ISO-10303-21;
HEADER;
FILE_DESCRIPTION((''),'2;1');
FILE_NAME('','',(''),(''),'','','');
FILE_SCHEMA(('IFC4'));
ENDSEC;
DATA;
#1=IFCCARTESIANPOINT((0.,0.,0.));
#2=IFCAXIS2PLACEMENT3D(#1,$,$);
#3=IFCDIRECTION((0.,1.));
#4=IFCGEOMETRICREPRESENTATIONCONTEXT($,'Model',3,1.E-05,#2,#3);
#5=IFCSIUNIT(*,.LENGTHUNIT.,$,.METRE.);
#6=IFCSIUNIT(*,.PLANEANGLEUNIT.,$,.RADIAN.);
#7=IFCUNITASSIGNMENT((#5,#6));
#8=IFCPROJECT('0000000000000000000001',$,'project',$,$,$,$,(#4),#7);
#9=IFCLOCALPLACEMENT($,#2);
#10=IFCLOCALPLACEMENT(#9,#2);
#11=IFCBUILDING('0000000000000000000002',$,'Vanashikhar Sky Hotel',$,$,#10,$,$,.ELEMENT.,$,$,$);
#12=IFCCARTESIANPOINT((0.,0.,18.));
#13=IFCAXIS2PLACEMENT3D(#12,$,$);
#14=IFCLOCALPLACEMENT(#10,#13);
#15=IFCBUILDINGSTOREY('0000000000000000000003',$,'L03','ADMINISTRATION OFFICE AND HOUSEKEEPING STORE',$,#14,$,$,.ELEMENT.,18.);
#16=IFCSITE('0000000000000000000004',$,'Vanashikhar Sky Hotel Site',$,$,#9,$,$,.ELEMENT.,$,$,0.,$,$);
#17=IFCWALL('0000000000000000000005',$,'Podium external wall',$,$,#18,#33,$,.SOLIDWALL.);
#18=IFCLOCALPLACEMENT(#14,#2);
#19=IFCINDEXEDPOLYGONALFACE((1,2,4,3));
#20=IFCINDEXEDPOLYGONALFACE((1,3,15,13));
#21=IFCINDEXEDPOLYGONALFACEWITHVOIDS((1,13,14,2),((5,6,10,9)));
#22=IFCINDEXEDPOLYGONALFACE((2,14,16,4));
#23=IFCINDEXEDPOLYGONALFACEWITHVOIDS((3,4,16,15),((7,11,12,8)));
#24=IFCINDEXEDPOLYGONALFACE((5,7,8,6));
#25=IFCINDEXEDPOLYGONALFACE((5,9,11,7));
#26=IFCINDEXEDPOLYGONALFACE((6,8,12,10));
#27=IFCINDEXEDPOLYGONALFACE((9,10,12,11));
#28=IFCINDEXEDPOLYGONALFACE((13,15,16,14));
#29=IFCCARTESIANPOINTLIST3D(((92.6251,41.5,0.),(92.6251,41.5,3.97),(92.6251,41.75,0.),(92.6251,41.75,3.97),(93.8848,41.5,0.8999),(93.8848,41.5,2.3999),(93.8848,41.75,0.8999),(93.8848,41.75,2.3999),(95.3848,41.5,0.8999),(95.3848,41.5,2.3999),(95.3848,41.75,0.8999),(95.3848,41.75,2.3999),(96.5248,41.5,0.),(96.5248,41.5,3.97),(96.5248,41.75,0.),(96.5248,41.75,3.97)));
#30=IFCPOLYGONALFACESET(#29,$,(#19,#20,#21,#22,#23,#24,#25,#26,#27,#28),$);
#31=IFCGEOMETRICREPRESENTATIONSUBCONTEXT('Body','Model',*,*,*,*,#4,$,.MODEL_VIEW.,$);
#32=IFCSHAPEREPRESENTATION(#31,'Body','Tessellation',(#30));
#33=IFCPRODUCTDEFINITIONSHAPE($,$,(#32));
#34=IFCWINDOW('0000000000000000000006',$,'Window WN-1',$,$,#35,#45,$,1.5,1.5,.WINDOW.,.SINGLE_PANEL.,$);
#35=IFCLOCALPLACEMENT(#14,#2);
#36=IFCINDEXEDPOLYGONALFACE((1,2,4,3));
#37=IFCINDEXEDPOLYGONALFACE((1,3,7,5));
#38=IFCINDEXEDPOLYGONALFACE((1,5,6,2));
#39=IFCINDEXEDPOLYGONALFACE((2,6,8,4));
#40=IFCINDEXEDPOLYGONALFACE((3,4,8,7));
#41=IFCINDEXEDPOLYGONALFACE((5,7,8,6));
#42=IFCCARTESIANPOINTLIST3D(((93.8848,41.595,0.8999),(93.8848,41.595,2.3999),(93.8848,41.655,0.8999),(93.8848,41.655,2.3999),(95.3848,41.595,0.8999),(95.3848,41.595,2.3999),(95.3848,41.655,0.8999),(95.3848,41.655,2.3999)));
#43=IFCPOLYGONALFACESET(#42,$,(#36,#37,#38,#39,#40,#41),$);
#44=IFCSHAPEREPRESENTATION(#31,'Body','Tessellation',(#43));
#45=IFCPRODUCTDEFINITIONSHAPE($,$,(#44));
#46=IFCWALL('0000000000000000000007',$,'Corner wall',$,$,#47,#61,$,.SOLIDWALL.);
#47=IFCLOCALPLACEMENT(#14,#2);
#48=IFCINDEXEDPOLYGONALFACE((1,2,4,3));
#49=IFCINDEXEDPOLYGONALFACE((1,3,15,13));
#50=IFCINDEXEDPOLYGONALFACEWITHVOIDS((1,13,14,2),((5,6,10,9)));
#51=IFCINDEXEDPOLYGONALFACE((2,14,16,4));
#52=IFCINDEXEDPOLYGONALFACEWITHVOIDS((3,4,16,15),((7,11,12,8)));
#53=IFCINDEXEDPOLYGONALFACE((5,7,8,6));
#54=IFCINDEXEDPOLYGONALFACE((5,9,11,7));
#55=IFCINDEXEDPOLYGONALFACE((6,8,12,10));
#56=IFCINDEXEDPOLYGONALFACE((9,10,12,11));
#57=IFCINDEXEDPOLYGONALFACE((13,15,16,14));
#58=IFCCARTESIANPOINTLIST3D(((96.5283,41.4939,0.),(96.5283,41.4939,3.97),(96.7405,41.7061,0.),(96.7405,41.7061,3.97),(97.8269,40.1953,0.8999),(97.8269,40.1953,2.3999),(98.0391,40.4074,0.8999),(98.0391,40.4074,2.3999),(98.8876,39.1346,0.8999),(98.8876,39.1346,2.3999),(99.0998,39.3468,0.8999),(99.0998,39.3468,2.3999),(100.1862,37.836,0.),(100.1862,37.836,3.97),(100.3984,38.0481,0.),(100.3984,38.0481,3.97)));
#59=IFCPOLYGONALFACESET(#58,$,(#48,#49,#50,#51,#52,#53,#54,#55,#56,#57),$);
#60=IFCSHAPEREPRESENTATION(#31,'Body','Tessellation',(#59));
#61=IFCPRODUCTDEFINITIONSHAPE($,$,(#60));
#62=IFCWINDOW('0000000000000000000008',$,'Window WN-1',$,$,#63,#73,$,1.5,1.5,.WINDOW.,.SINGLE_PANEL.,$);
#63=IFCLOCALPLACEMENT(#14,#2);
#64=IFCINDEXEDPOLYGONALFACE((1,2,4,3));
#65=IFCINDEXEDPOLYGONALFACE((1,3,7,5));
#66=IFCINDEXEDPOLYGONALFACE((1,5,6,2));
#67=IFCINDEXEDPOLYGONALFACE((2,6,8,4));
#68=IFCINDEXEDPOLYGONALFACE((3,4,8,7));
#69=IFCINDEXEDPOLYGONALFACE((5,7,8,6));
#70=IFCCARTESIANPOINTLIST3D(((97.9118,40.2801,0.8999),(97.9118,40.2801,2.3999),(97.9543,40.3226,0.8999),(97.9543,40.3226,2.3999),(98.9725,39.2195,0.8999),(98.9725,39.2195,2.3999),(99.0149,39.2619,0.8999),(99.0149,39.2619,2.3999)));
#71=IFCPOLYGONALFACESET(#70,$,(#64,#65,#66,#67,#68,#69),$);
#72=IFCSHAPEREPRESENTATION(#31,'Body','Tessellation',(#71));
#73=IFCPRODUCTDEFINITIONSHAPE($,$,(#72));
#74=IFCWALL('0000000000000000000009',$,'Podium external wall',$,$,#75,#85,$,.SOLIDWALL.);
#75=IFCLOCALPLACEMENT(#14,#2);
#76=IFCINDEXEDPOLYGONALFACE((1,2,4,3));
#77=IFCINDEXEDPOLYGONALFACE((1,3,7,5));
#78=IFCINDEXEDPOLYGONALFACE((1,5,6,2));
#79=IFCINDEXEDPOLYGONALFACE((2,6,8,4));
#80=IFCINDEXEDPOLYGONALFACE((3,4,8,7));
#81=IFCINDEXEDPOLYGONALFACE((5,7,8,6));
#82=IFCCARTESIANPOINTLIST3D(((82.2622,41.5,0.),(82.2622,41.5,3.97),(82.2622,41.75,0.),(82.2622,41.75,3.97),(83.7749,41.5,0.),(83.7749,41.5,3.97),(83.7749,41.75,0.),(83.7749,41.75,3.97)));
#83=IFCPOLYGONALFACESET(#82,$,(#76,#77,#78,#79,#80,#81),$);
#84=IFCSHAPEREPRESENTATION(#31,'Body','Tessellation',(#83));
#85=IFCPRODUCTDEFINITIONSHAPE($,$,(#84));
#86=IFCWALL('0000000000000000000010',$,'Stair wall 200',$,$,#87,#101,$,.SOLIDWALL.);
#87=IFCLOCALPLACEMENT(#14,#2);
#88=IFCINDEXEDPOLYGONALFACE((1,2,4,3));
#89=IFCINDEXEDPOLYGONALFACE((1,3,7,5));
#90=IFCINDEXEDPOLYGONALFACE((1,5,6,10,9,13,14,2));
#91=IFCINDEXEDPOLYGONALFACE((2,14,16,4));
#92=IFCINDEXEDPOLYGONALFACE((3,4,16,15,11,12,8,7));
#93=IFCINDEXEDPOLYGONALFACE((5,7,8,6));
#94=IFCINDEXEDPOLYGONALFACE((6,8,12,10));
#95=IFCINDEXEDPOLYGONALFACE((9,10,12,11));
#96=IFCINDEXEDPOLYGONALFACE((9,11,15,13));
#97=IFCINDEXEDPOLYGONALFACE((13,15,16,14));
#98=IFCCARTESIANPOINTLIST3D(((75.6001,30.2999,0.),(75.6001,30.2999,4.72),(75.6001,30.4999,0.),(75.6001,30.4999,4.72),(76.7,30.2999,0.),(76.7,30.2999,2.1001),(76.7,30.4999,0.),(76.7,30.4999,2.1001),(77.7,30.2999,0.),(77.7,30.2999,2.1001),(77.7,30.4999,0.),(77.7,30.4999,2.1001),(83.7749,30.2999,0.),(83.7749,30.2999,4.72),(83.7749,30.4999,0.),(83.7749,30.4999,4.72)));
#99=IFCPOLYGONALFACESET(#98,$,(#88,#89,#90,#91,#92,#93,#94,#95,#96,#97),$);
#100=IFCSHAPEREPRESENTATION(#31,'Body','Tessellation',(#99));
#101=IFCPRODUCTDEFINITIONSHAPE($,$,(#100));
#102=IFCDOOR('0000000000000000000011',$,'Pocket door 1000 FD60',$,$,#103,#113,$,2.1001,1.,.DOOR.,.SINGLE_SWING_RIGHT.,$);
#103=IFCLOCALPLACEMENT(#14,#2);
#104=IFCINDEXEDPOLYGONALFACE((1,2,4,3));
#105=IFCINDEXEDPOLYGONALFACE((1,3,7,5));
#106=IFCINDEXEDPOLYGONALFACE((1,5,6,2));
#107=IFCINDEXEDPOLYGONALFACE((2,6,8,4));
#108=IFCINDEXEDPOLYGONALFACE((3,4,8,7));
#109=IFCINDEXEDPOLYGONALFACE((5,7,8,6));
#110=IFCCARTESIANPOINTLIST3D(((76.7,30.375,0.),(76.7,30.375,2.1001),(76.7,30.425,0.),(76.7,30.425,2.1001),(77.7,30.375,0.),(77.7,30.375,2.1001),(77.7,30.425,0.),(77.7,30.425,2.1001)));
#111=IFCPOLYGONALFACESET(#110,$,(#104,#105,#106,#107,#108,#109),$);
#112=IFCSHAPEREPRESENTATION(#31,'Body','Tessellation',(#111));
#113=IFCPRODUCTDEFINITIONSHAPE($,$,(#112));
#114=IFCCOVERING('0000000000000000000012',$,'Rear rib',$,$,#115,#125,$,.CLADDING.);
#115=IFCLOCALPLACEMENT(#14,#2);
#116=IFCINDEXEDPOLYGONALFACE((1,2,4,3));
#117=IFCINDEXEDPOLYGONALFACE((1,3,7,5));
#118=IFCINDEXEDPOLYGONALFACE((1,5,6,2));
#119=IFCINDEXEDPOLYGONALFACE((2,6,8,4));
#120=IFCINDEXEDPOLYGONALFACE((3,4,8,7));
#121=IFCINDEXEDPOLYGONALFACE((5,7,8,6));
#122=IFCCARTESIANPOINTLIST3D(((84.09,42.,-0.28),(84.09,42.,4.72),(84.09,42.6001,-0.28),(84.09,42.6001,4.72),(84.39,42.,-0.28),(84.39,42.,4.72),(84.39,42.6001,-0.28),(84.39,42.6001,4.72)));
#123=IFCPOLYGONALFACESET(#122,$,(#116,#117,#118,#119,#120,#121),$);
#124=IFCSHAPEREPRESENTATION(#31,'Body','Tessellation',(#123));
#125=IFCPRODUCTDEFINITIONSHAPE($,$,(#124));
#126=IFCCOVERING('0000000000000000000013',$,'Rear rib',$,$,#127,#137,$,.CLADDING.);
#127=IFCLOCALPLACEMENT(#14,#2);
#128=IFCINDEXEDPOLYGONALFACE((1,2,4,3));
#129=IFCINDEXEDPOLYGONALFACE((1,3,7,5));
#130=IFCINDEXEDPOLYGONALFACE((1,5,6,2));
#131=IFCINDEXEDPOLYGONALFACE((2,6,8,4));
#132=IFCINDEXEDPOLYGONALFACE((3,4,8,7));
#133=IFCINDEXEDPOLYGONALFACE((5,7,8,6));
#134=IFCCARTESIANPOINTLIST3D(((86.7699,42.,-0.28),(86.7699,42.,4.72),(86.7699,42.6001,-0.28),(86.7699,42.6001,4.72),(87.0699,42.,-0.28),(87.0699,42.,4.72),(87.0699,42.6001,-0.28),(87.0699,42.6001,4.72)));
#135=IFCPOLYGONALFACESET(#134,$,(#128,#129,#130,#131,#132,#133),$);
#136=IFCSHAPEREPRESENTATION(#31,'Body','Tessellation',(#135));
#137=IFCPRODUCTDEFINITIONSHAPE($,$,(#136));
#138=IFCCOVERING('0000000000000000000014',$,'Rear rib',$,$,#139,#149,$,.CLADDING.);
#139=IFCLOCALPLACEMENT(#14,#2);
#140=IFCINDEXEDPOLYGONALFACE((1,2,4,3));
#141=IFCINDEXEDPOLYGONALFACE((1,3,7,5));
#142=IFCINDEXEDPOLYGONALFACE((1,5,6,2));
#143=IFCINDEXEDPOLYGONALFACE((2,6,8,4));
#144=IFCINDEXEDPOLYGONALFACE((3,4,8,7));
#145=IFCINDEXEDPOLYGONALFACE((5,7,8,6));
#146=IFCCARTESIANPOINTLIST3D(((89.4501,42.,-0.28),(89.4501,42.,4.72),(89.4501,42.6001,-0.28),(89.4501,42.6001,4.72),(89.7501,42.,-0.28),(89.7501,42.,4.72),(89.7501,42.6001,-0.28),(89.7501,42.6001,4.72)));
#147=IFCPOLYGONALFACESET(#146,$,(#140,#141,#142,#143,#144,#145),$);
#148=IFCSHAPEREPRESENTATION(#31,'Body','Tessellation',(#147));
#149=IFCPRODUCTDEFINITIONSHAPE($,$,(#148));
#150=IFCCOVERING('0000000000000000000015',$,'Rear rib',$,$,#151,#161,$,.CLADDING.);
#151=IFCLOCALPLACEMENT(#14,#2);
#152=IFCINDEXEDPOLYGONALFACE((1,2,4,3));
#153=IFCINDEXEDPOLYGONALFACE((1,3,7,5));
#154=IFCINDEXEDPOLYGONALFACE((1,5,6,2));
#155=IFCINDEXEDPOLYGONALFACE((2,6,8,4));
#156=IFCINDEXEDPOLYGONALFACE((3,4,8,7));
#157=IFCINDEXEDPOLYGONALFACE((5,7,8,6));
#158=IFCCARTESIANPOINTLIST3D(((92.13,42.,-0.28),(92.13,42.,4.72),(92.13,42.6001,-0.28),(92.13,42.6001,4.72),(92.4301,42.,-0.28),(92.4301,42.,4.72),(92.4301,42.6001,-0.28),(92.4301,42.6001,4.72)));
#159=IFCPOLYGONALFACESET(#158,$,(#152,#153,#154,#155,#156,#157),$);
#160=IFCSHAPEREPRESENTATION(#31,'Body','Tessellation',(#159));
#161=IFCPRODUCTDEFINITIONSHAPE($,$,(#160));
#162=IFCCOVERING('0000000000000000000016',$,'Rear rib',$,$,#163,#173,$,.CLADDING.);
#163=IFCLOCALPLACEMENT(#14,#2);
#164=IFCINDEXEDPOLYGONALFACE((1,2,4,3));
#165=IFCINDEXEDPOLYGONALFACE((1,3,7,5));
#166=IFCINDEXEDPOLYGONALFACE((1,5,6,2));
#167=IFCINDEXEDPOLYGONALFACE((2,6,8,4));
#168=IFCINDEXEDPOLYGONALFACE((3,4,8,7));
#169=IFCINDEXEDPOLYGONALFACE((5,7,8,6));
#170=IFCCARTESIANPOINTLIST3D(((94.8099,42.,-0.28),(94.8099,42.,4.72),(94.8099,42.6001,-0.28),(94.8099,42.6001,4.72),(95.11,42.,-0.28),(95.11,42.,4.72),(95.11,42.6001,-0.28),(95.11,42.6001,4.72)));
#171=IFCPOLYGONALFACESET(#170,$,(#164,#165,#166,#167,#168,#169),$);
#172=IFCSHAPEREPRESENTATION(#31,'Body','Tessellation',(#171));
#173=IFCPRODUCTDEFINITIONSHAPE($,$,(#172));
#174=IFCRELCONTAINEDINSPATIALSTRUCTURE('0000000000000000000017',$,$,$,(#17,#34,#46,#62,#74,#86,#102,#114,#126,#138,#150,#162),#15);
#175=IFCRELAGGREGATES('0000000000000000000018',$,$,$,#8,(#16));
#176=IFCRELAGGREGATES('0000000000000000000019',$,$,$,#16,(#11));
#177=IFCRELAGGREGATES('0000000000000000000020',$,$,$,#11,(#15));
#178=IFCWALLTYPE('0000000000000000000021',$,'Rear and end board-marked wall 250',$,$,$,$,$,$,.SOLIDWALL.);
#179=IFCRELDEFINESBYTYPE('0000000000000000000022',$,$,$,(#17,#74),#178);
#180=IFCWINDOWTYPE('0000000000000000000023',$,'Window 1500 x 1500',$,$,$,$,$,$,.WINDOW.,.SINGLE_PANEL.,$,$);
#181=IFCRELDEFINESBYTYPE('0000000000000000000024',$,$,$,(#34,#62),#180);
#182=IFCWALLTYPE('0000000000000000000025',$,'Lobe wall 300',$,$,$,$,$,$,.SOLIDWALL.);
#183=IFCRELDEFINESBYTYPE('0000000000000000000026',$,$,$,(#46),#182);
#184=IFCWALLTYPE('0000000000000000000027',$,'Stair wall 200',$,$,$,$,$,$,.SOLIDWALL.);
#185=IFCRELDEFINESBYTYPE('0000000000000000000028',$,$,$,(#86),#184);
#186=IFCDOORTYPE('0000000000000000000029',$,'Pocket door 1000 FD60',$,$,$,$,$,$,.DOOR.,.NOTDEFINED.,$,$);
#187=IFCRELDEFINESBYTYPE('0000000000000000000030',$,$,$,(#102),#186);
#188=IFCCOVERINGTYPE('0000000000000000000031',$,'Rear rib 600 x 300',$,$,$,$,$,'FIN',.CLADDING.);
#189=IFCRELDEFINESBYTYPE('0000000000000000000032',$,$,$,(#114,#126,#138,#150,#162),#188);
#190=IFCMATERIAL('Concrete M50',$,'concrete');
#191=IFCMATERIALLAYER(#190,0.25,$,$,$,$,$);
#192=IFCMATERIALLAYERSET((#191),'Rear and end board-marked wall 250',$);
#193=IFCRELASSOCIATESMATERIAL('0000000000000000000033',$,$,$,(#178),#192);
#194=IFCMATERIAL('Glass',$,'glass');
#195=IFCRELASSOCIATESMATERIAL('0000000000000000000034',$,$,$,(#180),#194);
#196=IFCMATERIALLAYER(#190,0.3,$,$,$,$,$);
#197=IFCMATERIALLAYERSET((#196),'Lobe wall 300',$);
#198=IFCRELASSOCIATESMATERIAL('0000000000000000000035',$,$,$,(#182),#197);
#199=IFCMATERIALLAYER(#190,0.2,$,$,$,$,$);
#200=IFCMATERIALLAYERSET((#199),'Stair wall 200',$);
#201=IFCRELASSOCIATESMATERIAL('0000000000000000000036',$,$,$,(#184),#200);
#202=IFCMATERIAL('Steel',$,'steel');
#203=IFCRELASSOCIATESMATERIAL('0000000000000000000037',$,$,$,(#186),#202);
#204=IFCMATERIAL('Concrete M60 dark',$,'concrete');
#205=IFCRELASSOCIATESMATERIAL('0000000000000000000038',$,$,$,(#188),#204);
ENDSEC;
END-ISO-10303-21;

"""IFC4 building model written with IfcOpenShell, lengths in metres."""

from ifc_helpers import new_model, si_unit, direction, frame, frame_2d, origin, origin_2d, place, context, subcontext, project, spatial, rectangle, extrude, source, transform, mapped, material, layer, layer_set, material_profile, profile_set, type_object, element, fill, save


model = new_model("IFC4")

# Units and contexts
model_context = context("Model", 3, precision=1e-05, world=origin(), true_north=direction((0.0, 1.0)))
body_context = subcontext(model_context, "Body", "Model", "MODEL_VIEW")
ifc_project = project(units=[si_unit("LENGTHUNIT", "METRE"), si_unit("PLANEANGLEUNIT", "RADIAN")], contexts=[model_context])

# Site, building, storey
site_placement = place(None, origin())
site = spatial("IfcSite", under=ifc_project, at=site_placement, Name="Vanashikhar Sky Hotel Site", CompositionType="ELEMENT", RefElevation=0.0)
building_placement = place(site_placement, origin())
building = spatial("IfcBuilding", under=site, at=building_placement, Name="Vanashikhar Sky Hotel", CompositionType="ELEMENT")
storey_placement = place(building_placement, frame((0.0, 0.0, 18.0)))
storey = spatial("IfcBuildingStorey", under=building, at=storey_placement, Name="L03", Description="ADMINISTRATION OFFICE AND HOUSEKEEPING STORE", CompositionType="ELEMENT", Elevation=18.0)

# Shared definitions
ifc_material_1 = material(Name="Concrete M50", Category="concrete")

# Walls, openings, windows
ifc_layer_1 = layer(ifc_material_1, 0.25)
ifc_layer_set_1 = layer_set([ifc_layer_1], Name="Rear and end board-marked wall 250")
wall_type_1 = type_object("IfcWallType", Name="Rear and end board-marked wall 250", PredefinedType="SOLIDWALL", material=ifc_layer_set_1)
shared_shape_1 = source(origin(), body_context, "Body", "SweptSolid", [
    extrude(rectangle(XDim=1.5, YDim=1.5, at=frame_2d((0.75, 0.75))), frame((0.0, 0.135, 0.0), z_axis=(0.0, -1.0, 0.0), x_axis=(1.0, 0.0, 0.0)), (0.0, 0.0, 1.0), 0.27),
])
ifc_material_2 = material(Name="Glass", Category="glass")
window_type = type_object("IfcWindowType", Name="Window 1500 x 1500", PartitioningType="SINGLE_PANEL", PredefinedType="WINDOW", material=ifc_material_2)
shared_shape_2 = source(origin(), body_context, "Body", "SweptSolid", [
    extrude(rectangle(XDim=1.5, YDim=1.5, at=frame_2d((0.75, 0.75))), frame((0.0, 0.03, 0.0), z_axis=(0.0, -1.0, 0.0), x_axis=(1.0, 0.0, 0.0)), (0.0, 0.0, 1.0), 0.0601),
])
shared_shape_3 = source(origin(), body_context, "Body", "SweptSolid", [
    extrude(rectangle(XDim=3.8997, YDim=0.25, at=frame_2d((1.9497, 0.0))), origin(), (0.0, 0.0, 1.0), 3.97),
])
wall_1_placement = place(storey_placement, frame((96.5247, 41.625, 0.0), z_axis=(0.0, 0.0, 1.0), x_axis=(-1.0, 0.0, 0.0)))
wall_1 = element("IfcWall", 1, at=wall_1_placement, inside=storey, type_object=wall_type_1, Name="Podium external wall", PredefinedType="SOLIDWALL", context=body_context, shape_type="MappedRepresentation", body=[
    mapped(shared_shape_3, transform((0.0, 0.0, 0.0), scale=1.0)),
])
opening_1_placement = place(wall_1_placement, frame((1.1399, 0.0, 0.8999)))
opening_1 = element("IfcOpeningElement", 2, at=opening_1_placement, cuts=wall_1, PredefinedType="OPENING", context=body_context, shape_type="MappedRepresentation", body=[
    mapped(shared_shape_1, transform((0.0, 0.0, 0.0), scale=1.0)),
])
window_1_placement = place(opening_1_placement, origin())
window_1 = element("IfcWindow", 3, at=window_1_placement, inside=storey, type_object=window_type, Name="Window WN-1", OverallHeight=1.5, OverallWidth=1.5, PartitioningType="SINGLE_PANEL", PredefinedType="WINDOW", context=body_context, shape_type="MappedRepresentation", body=[
    mapped(shared_shape_2, transform((0.0, 0.0, 0.0), scale=1.0)),
])
fill(opening_1, window_1)
ifc_layer_2 = layer(ifc_material_1, 0.3)
ifc_layer_set_2 = layer_set([ifc_layer_2], Name="Lobe wall 300")
wall_type_2 = type_object("IfcWallType", Name="Lobe wall 300", PredefinedType="SOLIDWALL", material=ifc_layer_set_2)
shared_shape_4 = source(origin(), body_context, "Body", "SweptSolid", [
    extrude(rectangle(XDim=5.1731, YDim=0.3, at=frame_2d((2.5864, 0.0))), origin(), (0.0, 0.0, 1.0), 3.97),
])
wall_2_placement = place(storey_placement, frame((100.2922, 37.9421, 0.0), z_axis=(0.0, 0.0, 1.0), x_axis=(-0.707107, 0.707107, 0.0)))
wall_2 = element("IfcWall", 4, at=wall_2_placement, inside=storey, type_object=wall_type_2, Name="Corner wall", PredefinedType="SOLIDWALL", context=body_context, shape_type="MappedRepresentation", body=[
    mapped(shared_shape_4, transform((0.0, 0.0, 0.0), scale=1.0)),
])
shared_shape_5 = source(origin(), body_context, "Body", "SweptSolid", [
    extrude(rectangle(XDim=1.5, YDim=1.5, at=frame_2d((0.75, 0.75))), frame((0.0, 0.1602, 0.0), z_axis=(0.0, -1.0, 0.0), x_axis=(1.0, 0.0, 0.0)), (0.0, 0.0, 1.0), 0.3201),
])
opening_2_placement = place(wall_2_placement, frame((1.8364, 0.0, 0.8999)))
opening_2 = element("IfcOpeningElement", 5, at=opening_2_placement, cuts=wall_2, PredefinedType="OPENING", context=body_context, shape_type="MappedRepresentation", body=[
    mapped(shared_shape_5, transform((0.0, 0.0, 0.0), scale=1.0)),
])
window_2_placement = place(opening_2_placement, origin())
window_2 = element("IfcWindow", 6, at=window_2_placement, inside=storey, type_object=window_type, Name="Window WN-1", OverallHeight=1.5, OverallWidth=1.5, PartitioningType="SINGLE_PANEL", PredefinedType="WINDOW", context=body_context, shape_type="MappedRepresentation", body=[
    mapped(shared_shape_2, transform((0.0, 0.0, 0.0), scale=1.0)),
])
fill(opening_2, window_2)

# Wall
shared_shape_6 = source(origin(), body_context, "Body", "SweptSolid", [
    extrude(rectangle(XDim=1.5127, YDim=0.25, at=frame_2d((0.7563, 0.0))), origin(), (0.0, 0.0, 1.0), 3.97),
])
wall_3_placement = place(storey_placement, frame((83.7749, 41.625, 0.0), z_axis=(0.0, 0.0, 1.0), x_axis=(-1.0, 0.0, 0.0)))
element("IfcWall", 7, at=wall_3_placement, inside=storey, type_object=wall_type_1, Name="Podium external wall", PredefinedType="SOLIDWALL", context=body_context, shape_type="MappedRepresentation", body=[
    mapped(shared_shape_6, transform((0.0, 0.0, 0.0), scale=1.0)),
])

# Wall, opening, door
ifc_layer_3 = layer(ifc_material_1, 0.2)
ifc_layer_set_3 = layer_set([ifc_layer_3], Name="Stair wall 200")
wall_type_3 = type_object("IfcWallType", Name="Stair wall 200", PredefinedType="SOLIDWALL", material=ifc_layer_set_3)
shared_shape_7 = source(origin(), body_context, "Body", "SweptSolid", [
    extrude(rectangle(XDim=8.1748, YDim=0.2, at=frame_2d((4.0874, 0.0))), origin(), (0.0, 0.0, 1.0), 4.72),
])
wall_4_placement = place(storey_placement, frame((83.7749, 30.3999, 0.0), z_axis=(0.0, 0.0, 1.0), x_axis=(-1.0, 0.0, 0.0)))
wall_4 = element("IfcWall", 8, at=wall_4_placement, inside=storey, type_object=wall_type_3, Name="Stair wall 200", PredefinedType="SOLIDWALL", context=body_context, shape_type="MappedRepresentation", body=[
    mapped(shared_shape_7, transform((0.0, 0.0, 0.0), scale=1.0)),
])
shared_shape_8 = source(origin(), body_context, "Body", "SweptSolid", [
    extrude(rectangle(XDim=1.0, YDim=2.1001, at=frame_2d((0.5, 1.05))), frame((0.0, 0.1099, 0.0), z_axis=(0.0, -1.0, 0.0), x_axis=(1.0, 0.0, 0.0)), (0.0, 0.0, 1.0), 0.22),
])
opening_3_placement = place(wall_4_placement, frame((6.075, 0.0, 0.0)))
opening_3 = element("IfcOpeningElement", 9, at=opening_3_placement, cuts=wall_4, PredefinedType="OPENING", context=body_context, shape_type="MappedRepresentation", body=[
    mapped(shared_shape_8, transform((0.0, 0.0, 0.0), scale=1.0)),
])
ifc_material_3 = material(Name="Steel", Category="steel")
door_type = type_object("IfcDoorType", Name="Pocket door 1000 FD60", OperationType="NOTDEFINED", PredefinedType="DOOR", material=ifc_material_3)
shared_shape_9 = source(origin(), body_context, "Body", "SweptSolid", [
    extrude(rectangle(XDim=1.0, YDim=2.1001, at=frame_2d((0.5, 1.05))), frame((0.0, 0.0249, 0.0), z_axis=(0.0, -1.0, 0.0), x_axis=(1.0, 0.0, 0.0)), (0.0, 0.0, 1.0), 0.05),
])
door_placement = place(opening_3_placement, origin())
door = element("IfcDoor", 10, at=door_placement, inside=storey, type_object=door_type, Name="Pocket door 1000 FD60", OperationType="SINGLE_SWING_RIGHT", OverallHeight=2.1001, OverallWidth=1.0, PredefinedType="DOOR", context=body_context, shape_type="MappedRepresentation", body=[
    mapped(shared_shape_9, transform((0.0, 0.0, 0.0), scale=1.0)),
])
fill(opening_3, door)

# Coverings
ifc_material_4 = material(Name="Concrete M60 dark", Category="concrete")
ifc_material_profile_1 = material_profile(ifc_material_4, rectangle(XDim=0.6001, YDim=0.3, at=origin_2d()))
ifc_profile_set_1 = profile_set([ifc_material_profile_1], Name="Rear rib 600 x 300")
covering_type_1 = type_object("IfcCoveringType", Name="Rear rib 600 x 300", ElementType="FIN", PredefinedType="CLADDING", material=ifc_profile_set_1)
shared_shape_10 = source(origin(), body_context, "Body", "SweptSolid", [
    extrude(rectangle(XDim=0.6001, YDim=0.3, at=origin_2d()), origin(), (0.0, 0.0, 1.0), 5.0),
])
for number, where, z_axis, x_axis, name in (
    (11, (84.24, 42.3, -0.28), (0.0, 0.0, 1.0), (0.0, 1.0, 0.0), "Rear rib"),
    (12, (86.9199, 42.3, -0.28), (0.0, 0.0, 1.0), (0.0, 1.0, 0.0), "Rear rib"),
    (13, (89.6001, 42.3, -0.28), (0.0, 0.0, 1.0), (0.0, 1.0, 0.0), "Rear rib"),
    (14, (92.28, 42.3, -0.28), (0.0, 0.0, 1.0), (0.0, 1.0, 0.0), "Rear rib"),
    (15, (94.96, 42.3, -0.28), (0.0, 0.0, 1.0), (0.0, 1.0, 0.0), "Rear rib"),
):
    element("IfcCovering", number, at=place(storey_placement, frame(where, z_axis=z_axis, x_axis=x_axis)), inside=storey, type_object=covering_type_1, Name=name, PredefinedType="CLADDING", context=body_context, shape_type="MappedRepresentation", body=[
        mapped(shared_shape_10, transform((0.0, 0.0, 0.0), scale=1.0)),
    ])

save(model, "model.ifc")
